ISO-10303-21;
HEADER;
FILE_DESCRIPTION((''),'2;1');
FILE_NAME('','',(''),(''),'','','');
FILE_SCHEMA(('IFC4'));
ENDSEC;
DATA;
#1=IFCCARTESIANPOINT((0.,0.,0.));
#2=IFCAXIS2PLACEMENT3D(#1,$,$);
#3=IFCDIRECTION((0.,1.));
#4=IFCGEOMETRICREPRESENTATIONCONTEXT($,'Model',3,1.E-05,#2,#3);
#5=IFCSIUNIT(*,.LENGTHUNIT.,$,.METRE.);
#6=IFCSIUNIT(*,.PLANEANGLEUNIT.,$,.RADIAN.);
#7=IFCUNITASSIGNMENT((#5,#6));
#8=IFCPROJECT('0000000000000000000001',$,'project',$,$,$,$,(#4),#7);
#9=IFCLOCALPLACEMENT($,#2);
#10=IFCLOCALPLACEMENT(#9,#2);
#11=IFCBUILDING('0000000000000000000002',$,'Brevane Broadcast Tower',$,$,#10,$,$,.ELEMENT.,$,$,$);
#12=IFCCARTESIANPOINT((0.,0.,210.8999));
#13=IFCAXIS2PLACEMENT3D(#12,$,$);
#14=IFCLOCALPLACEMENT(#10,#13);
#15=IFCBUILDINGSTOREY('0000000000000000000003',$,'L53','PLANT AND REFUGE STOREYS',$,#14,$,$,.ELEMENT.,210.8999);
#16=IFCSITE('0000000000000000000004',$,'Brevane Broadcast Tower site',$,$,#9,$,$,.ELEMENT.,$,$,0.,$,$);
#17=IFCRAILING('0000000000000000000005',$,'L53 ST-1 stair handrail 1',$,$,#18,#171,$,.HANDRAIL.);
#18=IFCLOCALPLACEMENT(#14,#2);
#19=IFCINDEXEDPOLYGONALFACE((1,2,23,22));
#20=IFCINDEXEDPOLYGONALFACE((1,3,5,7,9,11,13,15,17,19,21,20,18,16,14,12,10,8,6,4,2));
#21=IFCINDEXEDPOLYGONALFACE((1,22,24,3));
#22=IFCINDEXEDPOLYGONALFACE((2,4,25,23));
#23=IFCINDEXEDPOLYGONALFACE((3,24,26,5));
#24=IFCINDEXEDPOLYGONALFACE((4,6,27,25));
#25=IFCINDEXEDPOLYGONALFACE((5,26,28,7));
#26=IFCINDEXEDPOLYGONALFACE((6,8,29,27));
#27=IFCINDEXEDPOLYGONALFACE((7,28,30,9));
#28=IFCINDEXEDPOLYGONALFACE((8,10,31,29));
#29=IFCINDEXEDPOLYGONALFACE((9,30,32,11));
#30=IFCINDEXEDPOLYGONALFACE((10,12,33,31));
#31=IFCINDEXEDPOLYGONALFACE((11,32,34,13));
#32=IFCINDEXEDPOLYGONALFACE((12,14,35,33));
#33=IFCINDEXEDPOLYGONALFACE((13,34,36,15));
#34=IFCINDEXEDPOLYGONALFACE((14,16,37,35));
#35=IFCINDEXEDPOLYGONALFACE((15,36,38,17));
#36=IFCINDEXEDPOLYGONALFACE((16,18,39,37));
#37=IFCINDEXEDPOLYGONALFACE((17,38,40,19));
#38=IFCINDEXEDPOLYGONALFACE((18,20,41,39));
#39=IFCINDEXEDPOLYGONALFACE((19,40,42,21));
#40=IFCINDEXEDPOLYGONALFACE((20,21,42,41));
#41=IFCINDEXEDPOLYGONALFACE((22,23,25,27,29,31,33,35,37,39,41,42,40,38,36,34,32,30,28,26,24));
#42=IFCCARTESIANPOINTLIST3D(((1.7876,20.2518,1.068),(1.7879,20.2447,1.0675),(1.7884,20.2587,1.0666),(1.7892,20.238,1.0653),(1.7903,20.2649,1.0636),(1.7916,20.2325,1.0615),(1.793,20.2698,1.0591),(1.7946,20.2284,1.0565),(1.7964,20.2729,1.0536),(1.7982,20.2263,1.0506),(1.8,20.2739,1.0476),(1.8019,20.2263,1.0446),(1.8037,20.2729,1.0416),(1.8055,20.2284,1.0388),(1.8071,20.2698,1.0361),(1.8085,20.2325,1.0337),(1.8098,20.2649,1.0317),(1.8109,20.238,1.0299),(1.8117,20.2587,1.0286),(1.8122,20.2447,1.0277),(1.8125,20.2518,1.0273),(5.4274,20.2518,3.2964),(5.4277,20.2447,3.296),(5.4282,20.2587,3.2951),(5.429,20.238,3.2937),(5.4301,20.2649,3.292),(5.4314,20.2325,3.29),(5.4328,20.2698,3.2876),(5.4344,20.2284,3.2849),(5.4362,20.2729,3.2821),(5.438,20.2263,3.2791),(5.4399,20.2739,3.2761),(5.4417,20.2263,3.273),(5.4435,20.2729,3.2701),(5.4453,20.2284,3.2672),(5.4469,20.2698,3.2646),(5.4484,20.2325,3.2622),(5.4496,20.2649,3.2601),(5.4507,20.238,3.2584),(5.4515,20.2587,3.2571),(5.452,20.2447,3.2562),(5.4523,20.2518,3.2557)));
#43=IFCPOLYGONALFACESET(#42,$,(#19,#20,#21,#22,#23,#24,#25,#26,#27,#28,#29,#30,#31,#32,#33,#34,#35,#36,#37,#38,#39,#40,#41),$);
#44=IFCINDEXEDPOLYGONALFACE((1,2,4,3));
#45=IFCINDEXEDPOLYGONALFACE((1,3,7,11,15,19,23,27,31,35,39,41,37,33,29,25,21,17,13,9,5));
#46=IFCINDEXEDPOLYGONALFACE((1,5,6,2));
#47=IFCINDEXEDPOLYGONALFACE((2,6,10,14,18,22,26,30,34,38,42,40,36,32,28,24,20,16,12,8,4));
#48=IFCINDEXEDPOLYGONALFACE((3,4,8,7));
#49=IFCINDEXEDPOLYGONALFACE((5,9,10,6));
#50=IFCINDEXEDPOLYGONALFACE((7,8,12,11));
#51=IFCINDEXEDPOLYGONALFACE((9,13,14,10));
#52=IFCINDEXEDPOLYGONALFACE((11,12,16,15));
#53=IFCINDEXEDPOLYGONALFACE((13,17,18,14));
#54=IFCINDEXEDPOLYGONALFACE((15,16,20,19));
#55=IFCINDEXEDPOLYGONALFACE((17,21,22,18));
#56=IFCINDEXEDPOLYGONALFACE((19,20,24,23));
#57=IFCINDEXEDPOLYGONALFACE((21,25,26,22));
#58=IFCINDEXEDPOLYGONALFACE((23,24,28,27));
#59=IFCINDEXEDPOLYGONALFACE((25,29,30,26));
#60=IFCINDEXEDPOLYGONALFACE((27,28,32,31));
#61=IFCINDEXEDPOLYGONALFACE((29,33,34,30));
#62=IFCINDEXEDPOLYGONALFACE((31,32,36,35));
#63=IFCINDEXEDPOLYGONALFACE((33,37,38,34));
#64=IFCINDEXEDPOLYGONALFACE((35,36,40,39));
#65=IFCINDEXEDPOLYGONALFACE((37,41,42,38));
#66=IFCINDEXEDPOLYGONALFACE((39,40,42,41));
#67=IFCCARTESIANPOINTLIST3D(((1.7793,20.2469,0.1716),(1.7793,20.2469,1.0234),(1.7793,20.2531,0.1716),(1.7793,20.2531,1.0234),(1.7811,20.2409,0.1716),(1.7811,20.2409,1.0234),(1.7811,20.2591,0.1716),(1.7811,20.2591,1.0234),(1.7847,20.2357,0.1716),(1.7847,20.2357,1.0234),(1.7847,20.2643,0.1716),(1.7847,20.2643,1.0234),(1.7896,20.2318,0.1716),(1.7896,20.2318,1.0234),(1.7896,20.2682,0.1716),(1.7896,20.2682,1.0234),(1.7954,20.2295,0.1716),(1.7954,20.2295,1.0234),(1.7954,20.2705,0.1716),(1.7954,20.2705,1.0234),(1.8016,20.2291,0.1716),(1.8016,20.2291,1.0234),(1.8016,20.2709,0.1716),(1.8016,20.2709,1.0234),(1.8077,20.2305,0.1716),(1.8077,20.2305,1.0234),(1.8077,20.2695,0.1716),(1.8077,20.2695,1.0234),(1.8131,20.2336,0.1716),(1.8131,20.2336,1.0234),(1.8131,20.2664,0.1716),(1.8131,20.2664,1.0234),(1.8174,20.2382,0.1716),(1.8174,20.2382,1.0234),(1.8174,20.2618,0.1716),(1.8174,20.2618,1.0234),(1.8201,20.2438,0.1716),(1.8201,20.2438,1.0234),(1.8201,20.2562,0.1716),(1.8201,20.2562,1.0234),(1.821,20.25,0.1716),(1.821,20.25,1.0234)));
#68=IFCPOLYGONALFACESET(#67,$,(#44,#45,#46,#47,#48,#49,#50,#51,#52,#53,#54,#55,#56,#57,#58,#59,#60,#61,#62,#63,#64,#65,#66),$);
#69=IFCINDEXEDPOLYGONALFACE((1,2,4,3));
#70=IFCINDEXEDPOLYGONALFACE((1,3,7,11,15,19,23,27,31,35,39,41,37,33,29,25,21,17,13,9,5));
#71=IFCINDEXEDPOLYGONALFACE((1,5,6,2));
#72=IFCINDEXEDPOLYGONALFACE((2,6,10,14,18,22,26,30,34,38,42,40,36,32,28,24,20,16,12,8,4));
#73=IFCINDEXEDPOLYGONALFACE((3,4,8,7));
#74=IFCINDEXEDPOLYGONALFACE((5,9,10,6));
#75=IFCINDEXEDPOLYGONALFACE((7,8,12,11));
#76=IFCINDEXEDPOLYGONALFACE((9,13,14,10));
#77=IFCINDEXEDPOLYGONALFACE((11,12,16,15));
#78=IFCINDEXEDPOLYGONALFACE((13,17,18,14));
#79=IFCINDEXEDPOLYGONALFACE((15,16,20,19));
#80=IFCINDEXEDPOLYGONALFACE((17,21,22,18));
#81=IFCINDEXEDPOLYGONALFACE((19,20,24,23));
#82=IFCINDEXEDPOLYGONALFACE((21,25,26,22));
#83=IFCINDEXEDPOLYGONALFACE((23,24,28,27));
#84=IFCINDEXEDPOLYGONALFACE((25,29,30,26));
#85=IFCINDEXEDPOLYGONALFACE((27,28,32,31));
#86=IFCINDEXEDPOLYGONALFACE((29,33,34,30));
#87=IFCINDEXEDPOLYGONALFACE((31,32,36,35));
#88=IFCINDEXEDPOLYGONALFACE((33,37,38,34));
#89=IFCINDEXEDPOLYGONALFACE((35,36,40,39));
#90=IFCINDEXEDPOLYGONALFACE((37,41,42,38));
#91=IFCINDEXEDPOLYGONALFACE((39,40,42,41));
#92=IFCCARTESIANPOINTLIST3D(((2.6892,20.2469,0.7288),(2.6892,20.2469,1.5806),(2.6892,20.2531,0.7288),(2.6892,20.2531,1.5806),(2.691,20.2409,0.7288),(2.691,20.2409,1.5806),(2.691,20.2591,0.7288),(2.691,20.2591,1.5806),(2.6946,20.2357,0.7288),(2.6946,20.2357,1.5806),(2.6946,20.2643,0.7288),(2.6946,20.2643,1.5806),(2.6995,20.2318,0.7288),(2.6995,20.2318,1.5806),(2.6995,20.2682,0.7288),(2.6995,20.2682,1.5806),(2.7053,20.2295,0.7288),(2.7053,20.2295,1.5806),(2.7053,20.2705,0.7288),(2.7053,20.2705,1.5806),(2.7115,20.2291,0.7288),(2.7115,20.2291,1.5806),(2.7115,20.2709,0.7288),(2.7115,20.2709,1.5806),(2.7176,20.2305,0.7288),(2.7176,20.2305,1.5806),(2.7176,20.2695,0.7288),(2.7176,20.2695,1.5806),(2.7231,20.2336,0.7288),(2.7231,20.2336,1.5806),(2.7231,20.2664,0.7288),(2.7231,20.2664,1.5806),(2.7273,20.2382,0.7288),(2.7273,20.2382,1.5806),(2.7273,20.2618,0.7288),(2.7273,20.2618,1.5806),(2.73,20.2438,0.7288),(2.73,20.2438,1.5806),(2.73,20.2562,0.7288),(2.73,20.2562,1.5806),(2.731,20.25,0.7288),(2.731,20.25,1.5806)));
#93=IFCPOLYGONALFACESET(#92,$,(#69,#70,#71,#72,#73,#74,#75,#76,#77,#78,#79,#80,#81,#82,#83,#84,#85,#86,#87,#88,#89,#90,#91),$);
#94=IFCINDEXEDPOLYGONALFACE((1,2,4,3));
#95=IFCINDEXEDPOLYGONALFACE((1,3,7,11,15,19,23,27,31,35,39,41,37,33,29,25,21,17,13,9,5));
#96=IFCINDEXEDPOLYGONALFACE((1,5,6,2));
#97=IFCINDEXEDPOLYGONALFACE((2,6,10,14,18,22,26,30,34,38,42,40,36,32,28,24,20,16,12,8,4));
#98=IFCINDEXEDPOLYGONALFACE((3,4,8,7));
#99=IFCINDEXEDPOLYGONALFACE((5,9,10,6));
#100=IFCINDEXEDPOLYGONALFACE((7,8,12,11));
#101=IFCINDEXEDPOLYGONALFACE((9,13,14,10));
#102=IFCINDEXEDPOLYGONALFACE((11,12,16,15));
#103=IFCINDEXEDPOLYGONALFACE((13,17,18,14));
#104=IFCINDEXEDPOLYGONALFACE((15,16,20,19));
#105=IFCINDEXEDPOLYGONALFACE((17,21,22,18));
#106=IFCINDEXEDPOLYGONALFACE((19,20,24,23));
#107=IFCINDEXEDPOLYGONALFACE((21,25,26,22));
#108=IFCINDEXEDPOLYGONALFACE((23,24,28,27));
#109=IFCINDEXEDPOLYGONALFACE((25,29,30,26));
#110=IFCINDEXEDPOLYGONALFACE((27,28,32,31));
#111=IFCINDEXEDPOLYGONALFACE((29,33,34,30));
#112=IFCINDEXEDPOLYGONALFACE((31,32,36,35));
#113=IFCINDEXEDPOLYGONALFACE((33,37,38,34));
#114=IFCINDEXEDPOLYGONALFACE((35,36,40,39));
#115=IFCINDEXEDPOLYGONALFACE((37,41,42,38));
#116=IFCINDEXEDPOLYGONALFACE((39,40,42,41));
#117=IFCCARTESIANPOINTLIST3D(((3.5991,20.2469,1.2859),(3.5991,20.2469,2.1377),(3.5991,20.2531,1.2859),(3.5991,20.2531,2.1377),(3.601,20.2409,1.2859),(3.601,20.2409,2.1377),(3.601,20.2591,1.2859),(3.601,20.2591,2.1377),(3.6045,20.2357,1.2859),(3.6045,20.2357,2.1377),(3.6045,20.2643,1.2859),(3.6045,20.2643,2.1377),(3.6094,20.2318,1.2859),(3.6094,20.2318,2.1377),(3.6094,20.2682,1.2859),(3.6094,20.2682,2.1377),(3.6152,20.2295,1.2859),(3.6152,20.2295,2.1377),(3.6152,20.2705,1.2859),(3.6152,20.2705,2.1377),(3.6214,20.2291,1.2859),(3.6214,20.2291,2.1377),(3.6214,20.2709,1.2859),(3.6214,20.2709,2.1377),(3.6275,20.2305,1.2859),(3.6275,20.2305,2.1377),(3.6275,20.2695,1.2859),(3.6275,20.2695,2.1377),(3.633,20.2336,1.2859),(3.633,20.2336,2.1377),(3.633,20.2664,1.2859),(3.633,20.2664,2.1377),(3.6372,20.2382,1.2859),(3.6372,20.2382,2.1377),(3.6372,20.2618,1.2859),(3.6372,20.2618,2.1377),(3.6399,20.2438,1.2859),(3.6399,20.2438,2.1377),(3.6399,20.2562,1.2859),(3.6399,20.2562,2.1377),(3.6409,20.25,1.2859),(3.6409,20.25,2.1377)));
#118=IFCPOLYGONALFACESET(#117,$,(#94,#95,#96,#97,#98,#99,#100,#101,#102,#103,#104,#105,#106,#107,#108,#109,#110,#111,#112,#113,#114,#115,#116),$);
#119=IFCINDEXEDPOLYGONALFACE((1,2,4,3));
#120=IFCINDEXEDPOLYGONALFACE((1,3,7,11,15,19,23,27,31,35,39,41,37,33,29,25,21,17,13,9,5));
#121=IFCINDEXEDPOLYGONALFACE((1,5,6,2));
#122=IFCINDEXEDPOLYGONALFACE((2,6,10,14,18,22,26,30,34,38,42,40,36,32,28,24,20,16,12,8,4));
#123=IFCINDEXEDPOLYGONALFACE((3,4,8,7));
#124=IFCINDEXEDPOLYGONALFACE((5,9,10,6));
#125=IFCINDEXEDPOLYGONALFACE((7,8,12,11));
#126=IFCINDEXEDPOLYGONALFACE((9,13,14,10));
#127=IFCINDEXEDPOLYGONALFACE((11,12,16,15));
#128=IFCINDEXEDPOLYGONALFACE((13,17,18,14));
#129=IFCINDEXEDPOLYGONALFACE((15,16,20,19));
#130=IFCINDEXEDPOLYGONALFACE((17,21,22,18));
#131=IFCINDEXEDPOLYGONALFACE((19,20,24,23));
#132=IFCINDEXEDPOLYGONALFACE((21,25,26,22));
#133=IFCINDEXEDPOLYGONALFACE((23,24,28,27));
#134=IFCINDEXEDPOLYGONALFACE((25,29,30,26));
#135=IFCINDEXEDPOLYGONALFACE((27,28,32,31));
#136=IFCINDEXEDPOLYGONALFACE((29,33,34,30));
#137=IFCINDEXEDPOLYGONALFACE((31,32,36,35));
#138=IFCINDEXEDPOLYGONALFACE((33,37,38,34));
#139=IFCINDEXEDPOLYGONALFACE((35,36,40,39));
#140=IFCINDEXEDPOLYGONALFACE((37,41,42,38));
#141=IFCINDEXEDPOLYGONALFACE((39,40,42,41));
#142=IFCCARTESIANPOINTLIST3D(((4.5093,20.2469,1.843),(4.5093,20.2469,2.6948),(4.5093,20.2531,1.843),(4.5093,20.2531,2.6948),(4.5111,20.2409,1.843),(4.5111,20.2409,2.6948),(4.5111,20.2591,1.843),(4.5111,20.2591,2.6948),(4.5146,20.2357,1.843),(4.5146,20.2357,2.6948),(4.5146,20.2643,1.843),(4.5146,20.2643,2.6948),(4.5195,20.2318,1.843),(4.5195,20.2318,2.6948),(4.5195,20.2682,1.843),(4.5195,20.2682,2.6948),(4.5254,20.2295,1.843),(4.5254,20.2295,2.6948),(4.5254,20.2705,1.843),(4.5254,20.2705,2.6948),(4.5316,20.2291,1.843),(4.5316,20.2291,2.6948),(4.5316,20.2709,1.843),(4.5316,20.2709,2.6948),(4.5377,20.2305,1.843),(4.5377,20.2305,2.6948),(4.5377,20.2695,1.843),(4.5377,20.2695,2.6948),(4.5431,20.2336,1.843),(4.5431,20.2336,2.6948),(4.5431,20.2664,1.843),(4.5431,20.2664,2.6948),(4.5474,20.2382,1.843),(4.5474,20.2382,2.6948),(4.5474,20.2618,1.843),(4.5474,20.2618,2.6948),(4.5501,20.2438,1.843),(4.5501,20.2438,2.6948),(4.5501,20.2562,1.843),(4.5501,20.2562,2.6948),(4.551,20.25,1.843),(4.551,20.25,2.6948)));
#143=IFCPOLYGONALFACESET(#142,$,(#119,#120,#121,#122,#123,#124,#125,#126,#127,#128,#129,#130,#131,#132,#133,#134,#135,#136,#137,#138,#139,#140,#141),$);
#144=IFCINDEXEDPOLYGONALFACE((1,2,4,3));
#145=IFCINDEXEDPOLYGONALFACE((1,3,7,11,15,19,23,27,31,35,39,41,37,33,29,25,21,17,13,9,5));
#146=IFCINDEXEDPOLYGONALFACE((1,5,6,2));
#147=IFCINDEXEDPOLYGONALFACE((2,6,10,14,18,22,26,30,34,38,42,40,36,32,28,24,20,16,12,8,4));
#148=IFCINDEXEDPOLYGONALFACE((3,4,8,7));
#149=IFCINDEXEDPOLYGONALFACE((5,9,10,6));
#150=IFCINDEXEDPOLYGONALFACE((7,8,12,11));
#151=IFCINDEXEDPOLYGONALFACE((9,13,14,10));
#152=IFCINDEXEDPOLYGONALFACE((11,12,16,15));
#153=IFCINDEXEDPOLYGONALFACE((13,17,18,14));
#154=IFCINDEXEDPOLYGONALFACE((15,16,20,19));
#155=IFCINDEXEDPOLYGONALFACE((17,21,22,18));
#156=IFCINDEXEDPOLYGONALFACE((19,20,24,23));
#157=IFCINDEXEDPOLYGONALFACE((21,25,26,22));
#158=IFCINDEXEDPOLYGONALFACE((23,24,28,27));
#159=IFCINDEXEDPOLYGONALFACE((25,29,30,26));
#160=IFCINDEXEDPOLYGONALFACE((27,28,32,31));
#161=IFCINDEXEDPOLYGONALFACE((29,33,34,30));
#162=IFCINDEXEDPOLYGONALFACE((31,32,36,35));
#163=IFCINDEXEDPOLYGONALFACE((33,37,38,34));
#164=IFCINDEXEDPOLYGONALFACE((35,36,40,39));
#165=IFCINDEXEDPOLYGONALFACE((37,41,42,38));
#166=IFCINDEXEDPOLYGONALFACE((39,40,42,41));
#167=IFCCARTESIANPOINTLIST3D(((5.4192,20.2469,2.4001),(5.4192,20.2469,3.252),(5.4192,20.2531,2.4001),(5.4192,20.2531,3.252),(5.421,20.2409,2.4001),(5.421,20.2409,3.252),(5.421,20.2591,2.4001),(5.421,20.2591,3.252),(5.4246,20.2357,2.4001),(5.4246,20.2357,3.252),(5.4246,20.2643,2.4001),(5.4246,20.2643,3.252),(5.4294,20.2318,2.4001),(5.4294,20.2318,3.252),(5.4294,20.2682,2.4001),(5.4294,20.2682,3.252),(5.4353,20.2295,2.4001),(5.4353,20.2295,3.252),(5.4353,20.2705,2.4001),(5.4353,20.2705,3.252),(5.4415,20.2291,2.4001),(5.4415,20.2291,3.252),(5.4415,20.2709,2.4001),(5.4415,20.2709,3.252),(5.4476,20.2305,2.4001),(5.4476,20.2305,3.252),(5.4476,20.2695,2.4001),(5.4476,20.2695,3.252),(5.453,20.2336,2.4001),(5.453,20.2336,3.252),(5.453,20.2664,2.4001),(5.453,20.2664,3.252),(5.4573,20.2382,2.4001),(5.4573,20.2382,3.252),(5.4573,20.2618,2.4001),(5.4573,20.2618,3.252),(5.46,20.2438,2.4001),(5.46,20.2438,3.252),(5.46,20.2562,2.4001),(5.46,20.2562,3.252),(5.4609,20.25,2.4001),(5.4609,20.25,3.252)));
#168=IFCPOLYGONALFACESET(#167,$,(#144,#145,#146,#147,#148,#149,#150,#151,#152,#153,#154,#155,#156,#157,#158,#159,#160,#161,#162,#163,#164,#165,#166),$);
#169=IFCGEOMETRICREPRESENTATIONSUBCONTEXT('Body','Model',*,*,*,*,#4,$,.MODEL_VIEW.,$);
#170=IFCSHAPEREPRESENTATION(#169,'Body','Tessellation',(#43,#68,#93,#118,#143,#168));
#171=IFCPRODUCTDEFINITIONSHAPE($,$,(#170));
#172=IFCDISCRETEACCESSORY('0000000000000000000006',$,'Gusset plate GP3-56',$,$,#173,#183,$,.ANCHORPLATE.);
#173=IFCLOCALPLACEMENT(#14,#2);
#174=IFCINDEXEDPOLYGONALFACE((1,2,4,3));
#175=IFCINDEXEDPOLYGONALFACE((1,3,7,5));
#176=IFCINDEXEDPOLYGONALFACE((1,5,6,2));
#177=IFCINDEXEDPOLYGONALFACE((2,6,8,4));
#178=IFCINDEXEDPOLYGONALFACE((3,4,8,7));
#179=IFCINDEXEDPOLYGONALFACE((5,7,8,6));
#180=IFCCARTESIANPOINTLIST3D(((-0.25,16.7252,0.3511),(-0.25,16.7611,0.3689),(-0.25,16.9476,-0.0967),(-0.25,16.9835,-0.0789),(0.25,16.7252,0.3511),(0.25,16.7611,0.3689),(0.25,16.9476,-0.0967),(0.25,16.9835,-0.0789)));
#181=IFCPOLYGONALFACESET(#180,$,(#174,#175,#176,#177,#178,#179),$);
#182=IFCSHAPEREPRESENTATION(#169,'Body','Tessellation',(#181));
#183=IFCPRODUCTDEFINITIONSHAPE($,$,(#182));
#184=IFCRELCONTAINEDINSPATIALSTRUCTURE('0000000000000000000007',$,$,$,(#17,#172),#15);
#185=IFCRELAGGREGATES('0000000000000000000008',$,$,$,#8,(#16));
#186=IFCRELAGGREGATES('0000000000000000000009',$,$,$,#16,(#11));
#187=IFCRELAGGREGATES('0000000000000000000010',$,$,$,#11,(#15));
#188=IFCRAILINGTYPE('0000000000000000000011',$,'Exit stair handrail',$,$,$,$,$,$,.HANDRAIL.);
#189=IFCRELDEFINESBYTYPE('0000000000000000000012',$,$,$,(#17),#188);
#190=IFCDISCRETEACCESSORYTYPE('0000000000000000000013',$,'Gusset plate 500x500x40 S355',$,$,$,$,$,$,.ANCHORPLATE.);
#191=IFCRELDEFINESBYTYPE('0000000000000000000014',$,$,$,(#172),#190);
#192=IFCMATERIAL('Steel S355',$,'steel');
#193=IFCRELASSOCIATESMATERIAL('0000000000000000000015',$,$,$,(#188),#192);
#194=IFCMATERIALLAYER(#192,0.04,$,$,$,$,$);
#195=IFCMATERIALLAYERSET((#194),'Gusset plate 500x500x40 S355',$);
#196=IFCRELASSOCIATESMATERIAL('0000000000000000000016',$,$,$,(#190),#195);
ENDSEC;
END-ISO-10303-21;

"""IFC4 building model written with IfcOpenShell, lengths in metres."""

from ifc_helpers import new_model, si_unit, direction, frame, origin, origin_2d, place, context, subcontext, project, spatial, rectangle, circle, extrude, material, layer, layer_set, type_object, element, save


model = new_model("IFC4")

# Units and contexts
model_context = context("Model", 3, precision=1e-05, world=origin(), true_north=direction((0.0, 1.0)))
body_context = subcontext(model_context, "Body", "Model", "MODEL_VIEW")
ifc_project = project(units=[si_unit("LENGTHUNIT", "METRE"), si_unit("PLANEANGLEUNIT", "RADIAN")], contexts=[model_context])

# Site, building, storey
site_placement = place(None, origin())
site = spatial("IfcSite", under=ifc_project, at=site_placement, Name="Brevane Broadcast Tower site", CompositionType="ELEMENT", RefElevation=0.0)
building_placement = place(site_placement, origin())
building = spatial("IfcBuilding", under=site, at=building_placement, Name="Brevane Broadcast Tower", CompositionType="ELEMENT")
storey_placement = place(building_placement, frame((0.0, 0.0, 210.8999)))
storey = spatial("IfcBuildingStorey", under=building, at=storey_placement, Name="L53", Description="PLANT AND REFUGE STOREYS", CompositionType="ELEMENT", Elevation=210.8999)

# Shared definitions
ifc_material_1 = material(Name="Steel S355", Category="steel")

# Railing
railing_type_1 = type_object("IfcRailingType", Name="Exit stair handrail", PredefinedType="HANDRAIL", material=ifc_material_1)
railing_1_placement = place(storey_placement, frame((1.8, 20.25, 0.1716)))
element("IfcRailing", 1, at=railing_1_placement, inside=storey, type_object=railing_type_1, Name="L53 ST-1 stair handrail 1", PredefinedType="HANDRAIL", context=body_context, shape_type="SweptSolid", body=[
    extrude(circle(Radius=0.0239, at=origin_2d()), frame((0.0, 0.0, 0.876), z_axis=(0.85285, 0.0, 0.522156), x_axis=(0.0, 1.0, 0.0)), (0.0, 0.0, 1.0), 4.2678),
    extrude(circle(Radius=0.021, at=origin_2d()), origin(), (0.0, 0.0, 1.0), 0.8518),
    extrude(circle(Radius=0.021, at=origin_2d()), frame((0.9099, 0.0, 0.5571)), (0.0, 0.0, 1.0), 0.8518),
    extrude(circle(Radius=0.021, at=origin_2d()), frame((1.8198, 0.0, 1.1143)), (0.0, 0.0, 1.0), 0.8518),
    extrude(circle(Radius=0.021, at=origin_2d()), frame((2.73, 0.0, 1.6714)), (0.0, 0.0, 1.0), 0.8518),
    extrude(circle(Radius=0.021, at=origin_2d()), frame((3.6399, 0.0, 2.2285)), (0.0, 0.0, 1.0), 0.8518),
])

# Discrete accessory
ifc_layer_1 = layer(ifc_material_1, 0.04)
ifc_layer_set_1 = layer_set([ifc_layer_1], Name="Gusset plate 500x500x40 S355")
discrete_accessory_type = type_object("IfcDiscreteAccessoryType", Name="Gusset plate 500x500x40 S355", PredefinedType="ANCHORPLATE", material=ifc_layer_set_1)
discrete_accessory_placement = place(storey_placement, frame((0.0, 16.8364, 0.1272), z_axis=(0.0, 0.895642, 0.444775), x_axis=(-1.0, 0.0, 0.0)))
element("IfcDiscreteAccessory", 2, at=discrete_accessory_placement, inside=storey, type_object=discrete_accessory_type, Name="Gusset plate GP3-56", PredefinedType="ANCHORPLATE", context=body_context, shape_type="SweptSolid", body=[
    extrude(rectangle(XDim=0.5, YDim=0.5, at=origin_2d()), origin(), (0.0, 0.0, 1.0), 0.04),
])

save(model, "model.ifc")
